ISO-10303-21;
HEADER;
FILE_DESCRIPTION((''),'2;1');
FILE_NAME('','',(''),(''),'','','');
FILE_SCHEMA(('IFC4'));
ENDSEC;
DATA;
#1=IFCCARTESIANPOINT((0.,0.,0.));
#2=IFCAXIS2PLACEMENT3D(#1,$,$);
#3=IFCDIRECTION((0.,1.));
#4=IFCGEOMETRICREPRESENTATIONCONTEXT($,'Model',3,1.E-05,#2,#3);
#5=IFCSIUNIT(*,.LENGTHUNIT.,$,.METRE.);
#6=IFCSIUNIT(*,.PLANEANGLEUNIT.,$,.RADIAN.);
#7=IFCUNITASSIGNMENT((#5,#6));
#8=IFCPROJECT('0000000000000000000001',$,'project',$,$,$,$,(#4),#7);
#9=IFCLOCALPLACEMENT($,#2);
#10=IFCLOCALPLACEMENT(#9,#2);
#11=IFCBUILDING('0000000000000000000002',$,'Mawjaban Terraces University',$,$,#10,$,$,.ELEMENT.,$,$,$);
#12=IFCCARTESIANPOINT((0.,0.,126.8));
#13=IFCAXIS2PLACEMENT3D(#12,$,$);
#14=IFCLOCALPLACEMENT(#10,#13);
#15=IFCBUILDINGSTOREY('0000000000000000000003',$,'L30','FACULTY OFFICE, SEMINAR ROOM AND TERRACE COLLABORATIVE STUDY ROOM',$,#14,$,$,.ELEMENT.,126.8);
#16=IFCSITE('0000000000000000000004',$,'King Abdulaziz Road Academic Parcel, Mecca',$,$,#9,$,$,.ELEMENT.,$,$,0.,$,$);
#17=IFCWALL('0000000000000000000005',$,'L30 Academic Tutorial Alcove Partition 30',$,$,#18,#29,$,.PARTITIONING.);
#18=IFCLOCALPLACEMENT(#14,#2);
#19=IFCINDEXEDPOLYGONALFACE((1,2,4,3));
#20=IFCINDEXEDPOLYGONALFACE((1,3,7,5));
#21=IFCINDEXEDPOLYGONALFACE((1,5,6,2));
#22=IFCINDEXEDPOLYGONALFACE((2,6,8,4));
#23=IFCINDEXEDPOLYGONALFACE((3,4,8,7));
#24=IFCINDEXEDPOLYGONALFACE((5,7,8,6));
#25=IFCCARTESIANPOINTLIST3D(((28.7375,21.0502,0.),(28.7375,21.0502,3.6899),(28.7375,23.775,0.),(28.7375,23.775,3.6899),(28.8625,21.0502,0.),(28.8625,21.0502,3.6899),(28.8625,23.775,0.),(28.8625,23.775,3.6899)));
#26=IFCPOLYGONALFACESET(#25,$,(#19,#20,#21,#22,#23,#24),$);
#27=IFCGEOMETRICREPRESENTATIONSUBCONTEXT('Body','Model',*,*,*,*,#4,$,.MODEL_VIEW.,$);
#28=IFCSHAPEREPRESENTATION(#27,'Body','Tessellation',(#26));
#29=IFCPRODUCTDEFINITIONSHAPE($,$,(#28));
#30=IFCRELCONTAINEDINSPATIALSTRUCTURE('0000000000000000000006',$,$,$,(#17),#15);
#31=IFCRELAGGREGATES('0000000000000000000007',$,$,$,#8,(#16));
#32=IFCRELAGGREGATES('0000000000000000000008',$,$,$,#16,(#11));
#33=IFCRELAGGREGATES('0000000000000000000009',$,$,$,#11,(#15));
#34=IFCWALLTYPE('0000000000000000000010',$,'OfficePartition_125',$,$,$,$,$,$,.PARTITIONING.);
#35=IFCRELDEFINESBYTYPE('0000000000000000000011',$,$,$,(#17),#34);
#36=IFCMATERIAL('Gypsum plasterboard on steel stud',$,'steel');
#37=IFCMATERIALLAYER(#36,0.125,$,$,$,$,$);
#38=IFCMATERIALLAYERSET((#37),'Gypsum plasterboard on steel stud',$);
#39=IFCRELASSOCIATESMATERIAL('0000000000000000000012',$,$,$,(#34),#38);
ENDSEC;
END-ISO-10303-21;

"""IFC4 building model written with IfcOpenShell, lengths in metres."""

from ifc_helpers import new_model, si_unit, direction, frame, frame_2d, origin, place, context, subcontext, project, spatial, rectangle, extrude, material, layer, layer_set, type_object, element, save


model = new_model("IFC4")

# Units and contexts
model_context = context("Model", 3, precision=1e-05, world=origin(), true_north=direction((0.0, 1.0)))
body_context = subcontext(model_context, "Body", "Model", "MODEL_VIEW")
ifc_project = project(units=[si_unit("LENGTHUNIT", "METRE"), si_unit("PLANEANGLEUNIT", "RADIAN")], contexts=[model_context])

# Site, building, storey
site_placement = place(None, origin())
site = spatial("IfcSite", under=ifc_project, at=site_placement, Name="King Abdulaziz Road Academic Parcel, Mecca", CompositionType="ELEMENT", RefElevation=0.0)
building_placement = place(site_placement, origin())
building = spatial("IfcBuilding", under=site, at=building_placement, Name="Mawjaban Terraces University", CompositionType="ELEMENT")
storey_placement = place(building_placement, frame((0.0, 0.0, 126.8)))
storey = spatial("IfcBuildingStorey", under=building, at=storey_placement, Name="L30", Description="FACULTY OFFICE, SEMINAR ROOM AND TERRACE COLLABORATIVE STUDY ROOM", CompositionType="ELEMENT", Elevation=126.8)

# Wall
ifc_material_1 = material(Name="Gypsum plasterboard on steel stud", Category="steel")
ifc_layer_1 = layer(ifc_material_1, 0.125)
ifc_layer_set_1 = layer_set([ifc_layer_1], Name="Gypsum plasterboard on steel stud")
wall_type_1 = type_object("IfcWallType", Name="OfficePartition_125", PredefinedType="PARTITIONING", material=ifc_layer_set_1)
wall_1_placement = place(storey_placement, frame((28.8, 23.7749, 0.0), z_axis=(0.0, 0.0, 1.0), x_axis=(0.0, -1.0, 0.0)))
element("IfcWall", 1, at=wall_1_placement, inside=storey, type_object=wall_type_1, Name="L30 Academic Tutorial Alcove Partition 30", PredefinedType="PARTITIONING", context=body_context, shape_type="SweptSolid", body=[
    extrude(rectangle(XDim=2.7249, YDim=0.125, at=frame_2d((1.3623, 0.0))), origin(), (0.0, 0.0, 1.0), 3.6899),
])

save(model, "model.ifc")
